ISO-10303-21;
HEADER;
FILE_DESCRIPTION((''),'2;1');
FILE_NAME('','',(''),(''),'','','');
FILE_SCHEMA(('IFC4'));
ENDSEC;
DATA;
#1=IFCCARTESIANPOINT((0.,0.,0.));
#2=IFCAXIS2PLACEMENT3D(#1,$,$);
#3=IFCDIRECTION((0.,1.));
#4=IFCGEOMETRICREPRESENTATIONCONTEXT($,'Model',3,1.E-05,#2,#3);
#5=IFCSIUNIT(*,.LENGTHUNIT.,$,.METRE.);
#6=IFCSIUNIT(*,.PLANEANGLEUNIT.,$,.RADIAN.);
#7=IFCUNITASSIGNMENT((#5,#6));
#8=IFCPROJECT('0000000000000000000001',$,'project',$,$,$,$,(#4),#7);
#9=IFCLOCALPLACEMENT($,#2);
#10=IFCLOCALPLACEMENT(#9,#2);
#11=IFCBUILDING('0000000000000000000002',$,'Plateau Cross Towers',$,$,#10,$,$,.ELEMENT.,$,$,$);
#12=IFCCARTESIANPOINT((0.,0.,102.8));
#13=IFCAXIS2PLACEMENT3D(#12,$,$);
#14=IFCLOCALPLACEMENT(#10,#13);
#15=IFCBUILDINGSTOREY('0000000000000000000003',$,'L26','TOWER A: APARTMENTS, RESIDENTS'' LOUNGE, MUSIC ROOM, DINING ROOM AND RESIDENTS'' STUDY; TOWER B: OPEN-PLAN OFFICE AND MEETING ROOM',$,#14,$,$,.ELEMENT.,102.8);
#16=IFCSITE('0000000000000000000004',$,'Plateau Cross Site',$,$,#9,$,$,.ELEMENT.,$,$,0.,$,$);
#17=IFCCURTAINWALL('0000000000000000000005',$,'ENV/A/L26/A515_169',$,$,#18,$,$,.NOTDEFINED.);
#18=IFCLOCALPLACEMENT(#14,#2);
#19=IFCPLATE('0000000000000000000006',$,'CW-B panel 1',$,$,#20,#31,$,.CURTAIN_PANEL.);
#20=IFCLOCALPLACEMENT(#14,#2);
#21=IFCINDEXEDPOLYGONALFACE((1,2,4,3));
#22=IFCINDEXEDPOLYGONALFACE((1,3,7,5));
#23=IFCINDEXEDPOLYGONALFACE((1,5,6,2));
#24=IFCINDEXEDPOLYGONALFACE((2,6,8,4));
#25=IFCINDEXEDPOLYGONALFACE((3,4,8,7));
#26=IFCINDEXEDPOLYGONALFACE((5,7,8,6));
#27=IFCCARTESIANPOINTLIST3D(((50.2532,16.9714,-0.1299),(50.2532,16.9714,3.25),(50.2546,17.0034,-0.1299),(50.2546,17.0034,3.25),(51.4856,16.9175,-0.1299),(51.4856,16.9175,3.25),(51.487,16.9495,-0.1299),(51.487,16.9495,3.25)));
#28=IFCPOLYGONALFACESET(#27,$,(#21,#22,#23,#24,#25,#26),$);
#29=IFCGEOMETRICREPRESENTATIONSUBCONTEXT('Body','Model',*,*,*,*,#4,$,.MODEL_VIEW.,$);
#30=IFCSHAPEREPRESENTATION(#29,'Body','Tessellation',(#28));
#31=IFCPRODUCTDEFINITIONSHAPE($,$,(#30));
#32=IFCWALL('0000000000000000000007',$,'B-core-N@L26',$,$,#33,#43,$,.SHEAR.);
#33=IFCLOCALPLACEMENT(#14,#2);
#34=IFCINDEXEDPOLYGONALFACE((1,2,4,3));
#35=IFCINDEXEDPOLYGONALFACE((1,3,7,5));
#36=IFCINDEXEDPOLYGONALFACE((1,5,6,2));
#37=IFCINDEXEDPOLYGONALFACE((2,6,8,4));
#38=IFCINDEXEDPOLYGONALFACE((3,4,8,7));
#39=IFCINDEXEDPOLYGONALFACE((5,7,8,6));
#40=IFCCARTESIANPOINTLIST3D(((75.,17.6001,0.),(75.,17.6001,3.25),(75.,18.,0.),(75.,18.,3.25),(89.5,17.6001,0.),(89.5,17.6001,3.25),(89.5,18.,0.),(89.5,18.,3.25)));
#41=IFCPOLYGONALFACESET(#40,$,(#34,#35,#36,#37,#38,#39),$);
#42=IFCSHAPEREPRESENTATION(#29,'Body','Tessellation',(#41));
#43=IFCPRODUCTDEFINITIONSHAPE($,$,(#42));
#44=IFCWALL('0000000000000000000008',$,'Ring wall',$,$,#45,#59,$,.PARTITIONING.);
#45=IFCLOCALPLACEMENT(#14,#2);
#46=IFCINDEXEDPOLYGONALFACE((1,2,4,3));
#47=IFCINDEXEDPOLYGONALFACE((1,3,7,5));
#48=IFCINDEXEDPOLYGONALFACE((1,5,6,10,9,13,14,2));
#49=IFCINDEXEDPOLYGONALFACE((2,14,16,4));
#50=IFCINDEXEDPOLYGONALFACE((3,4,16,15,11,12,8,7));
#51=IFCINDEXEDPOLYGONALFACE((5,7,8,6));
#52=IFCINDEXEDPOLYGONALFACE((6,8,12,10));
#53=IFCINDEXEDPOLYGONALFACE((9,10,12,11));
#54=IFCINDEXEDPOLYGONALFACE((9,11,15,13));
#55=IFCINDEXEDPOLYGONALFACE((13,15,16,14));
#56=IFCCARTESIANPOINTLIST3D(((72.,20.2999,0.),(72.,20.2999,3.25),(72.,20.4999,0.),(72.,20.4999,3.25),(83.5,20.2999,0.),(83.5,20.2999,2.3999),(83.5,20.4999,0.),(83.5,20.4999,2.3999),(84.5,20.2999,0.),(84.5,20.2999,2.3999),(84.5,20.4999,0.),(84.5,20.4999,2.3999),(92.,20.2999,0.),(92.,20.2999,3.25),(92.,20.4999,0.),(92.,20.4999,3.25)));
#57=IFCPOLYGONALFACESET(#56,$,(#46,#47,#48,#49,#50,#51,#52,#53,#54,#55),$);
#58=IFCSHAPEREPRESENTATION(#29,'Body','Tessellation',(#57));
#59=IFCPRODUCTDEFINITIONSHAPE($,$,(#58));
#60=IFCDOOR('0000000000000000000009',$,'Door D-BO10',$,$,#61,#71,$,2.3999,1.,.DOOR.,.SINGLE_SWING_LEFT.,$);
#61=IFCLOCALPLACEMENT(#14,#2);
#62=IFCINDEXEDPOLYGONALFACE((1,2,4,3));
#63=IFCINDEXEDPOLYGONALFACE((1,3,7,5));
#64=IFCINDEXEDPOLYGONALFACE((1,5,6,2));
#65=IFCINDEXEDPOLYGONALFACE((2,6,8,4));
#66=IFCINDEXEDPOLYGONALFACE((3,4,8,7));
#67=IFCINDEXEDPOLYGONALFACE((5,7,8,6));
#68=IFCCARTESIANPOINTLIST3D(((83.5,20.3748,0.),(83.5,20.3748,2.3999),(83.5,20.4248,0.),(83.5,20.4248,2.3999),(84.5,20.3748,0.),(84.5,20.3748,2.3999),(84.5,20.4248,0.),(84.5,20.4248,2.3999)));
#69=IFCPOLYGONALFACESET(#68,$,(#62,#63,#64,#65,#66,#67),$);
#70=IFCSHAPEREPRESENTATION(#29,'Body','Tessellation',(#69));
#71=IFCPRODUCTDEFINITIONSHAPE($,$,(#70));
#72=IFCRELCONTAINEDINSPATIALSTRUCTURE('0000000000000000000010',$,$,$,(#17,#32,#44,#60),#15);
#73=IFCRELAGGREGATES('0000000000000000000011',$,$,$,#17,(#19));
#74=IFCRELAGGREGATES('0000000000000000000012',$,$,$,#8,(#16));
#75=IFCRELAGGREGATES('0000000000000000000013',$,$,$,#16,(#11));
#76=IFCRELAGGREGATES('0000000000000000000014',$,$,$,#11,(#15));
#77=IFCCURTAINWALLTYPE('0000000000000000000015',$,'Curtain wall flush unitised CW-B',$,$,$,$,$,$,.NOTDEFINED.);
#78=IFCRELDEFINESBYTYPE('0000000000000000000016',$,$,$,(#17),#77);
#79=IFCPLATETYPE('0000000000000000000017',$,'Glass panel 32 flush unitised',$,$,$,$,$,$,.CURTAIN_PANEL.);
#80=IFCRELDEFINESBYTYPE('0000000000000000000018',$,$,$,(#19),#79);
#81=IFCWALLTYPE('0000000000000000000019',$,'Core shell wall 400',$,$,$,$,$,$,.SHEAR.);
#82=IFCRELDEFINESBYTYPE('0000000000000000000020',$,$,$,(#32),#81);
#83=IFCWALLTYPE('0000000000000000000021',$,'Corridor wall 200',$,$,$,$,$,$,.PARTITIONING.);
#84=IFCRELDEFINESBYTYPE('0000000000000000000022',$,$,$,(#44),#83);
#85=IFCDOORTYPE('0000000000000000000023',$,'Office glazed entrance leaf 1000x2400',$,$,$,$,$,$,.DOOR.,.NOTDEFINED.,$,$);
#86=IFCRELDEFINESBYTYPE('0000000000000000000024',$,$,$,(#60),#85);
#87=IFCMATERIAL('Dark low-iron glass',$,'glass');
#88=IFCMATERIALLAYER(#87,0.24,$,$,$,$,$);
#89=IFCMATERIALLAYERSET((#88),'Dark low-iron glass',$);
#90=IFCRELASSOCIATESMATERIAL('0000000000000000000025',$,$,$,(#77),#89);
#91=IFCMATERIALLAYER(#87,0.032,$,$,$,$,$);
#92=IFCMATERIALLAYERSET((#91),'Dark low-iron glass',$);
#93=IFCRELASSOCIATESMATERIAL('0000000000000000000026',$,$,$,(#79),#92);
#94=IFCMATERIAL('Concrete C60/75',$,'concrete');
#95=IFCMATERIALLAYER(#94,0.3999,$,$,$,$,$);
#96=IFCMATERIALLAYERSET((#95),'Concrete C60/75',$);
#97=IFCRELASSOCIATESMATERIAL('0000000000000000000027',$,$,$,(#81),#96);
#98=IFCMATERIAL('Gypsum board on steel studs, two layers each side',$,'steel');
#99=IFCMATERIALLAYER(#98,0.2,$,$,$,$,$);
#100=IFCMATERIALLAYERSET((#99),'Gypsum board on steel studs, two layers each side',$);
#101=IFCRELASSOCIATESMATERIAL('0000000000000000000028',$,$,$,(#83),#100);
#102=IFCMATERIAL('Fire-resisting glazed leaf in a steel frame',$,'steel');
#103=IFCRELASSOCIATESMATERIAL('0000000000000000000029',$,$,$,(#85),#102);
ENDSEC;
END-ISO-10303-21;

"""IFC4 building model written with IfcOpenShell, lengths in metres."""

from ifc_helpers import new_model, si_unit, direction, frame, frame_2d, origin, origin_2d, place, context, subcontext, project, spatial, rectangle, extrude, material, layer, layer_set, type_object, element, fill, aggregate, save


model = new_model("IFC4")

# Units and contexts
model_context = context("Model", 3, precision=1e-05, world=origin(), true_north=direction((0.0, 1.0)))
body_context = subcontext(model_context, "Body", "Model", "MODEL_VIEW")
ifc_project = project(units=[si_unit("LENGTHUNIT", "METRE"), si_unit("PLANEANGLEUNIT", "RADIAN")], contexts=[model_context])

# Site, building, storey
site_placement = place(None, origin())
site = spatial("IfcSite", under=ifc_project, at=site_placement, Name="Plateau Cross Site", CompositionType="ELEMENT", RefElevation=0.0)
building_placement = place(site_placement, origin())
building = spatial("IfcBuilding", under=site, at=building_placement, Name="Plateau Cross Towers", CompositionType="ELEMENT")
storey_placement = place(building_placement, frame((0.0, 0.0, 102.8)))
storey = spatial("IfcBuildingStorey", under=building, at=storey_placement, Name="L26", Description="TOWER A: APARTMENTS, RESIDENTS' LOUNGE, MUSIC ROOM, DINING ROOM AND RESIDENTS' STUDY; TOWER B: OPEN-PLAN OFFICE AND MEETING ROOM", CompositionType="ELEMENT", Elevation=102.8)

# Shared definitions
ifc_material_1 = material(Name="Concrete C60/75", Category="concrete")

# Shared definitions
ifc_material_2 = material(Name="Dark low-iron glass", Category="glass")
ifc_layer_1 = layer(ifc_material_2, 0.24)
ifc_layer_set_1 = layer_set([ifc_layer_1], Name="Dark low-iron glass")
curtain_wall_type_1 = type_object("IfcCurtainWallType", Name="Curtain wall flush unitised CW-B", PredefinedType="NOTDEFINED", material=ifc_layer_set_1)

# Curtain wall
curtain_wall_1_placement = place(storey_placement, origin())
curtain_wall_1 = element("IfcCurtainWall", 1, at=curtain_wall_1_placement, inside=storey, type_object=curtain_wall_type_1, Name="ENV/A/L26/A515_169", PredefinedType="NOTDEFINED")

# Plate
ifc_layer_2 = layer(ifc_material_2, 0.032)
ifc_layer_set_2 = layer_set([ifc_layer_2], Name="Dark low-iron glass")
plate_type_1 = type_object("IfcPlateType", Name="Glass panel 32 flush unitised", PredefinedType="CURTAIN_PANEL", material=ifc_layer_set_2)
plate_1_placement = place(storey_placement, frame((50.8701, 16.9604, -0.1299), z_axis=(0.0, 0.0, 1.0), x_axis=(-0.999044, 0.043723, 0.0)))
plate_1 = element("IfcPlate", 2, at=plate_1_placement, type_object=plate_type_1, Name="CW-B panel 1", PredefinedType="CURTAIN_PANEL", context=body_context, shape_type="SweptSolid", body=[
    extrude(rectangle(XDim=1.2336, YDim=0.032, at=origin_2d()), origin(), (0.0, 0.0, 1.0), 3.3799),
])
aggregate(curtain_wall_1, [plate_1])

# Wall
ifc_layer_3 = layer(ifc_material_1, 0.3999)
ifc_layer_set_3 = layer_set([ifc_layer_3], Name="Concrete C60/75")
wall_type_1 = type_object("IfcWallType", Name="Core shell wall 400", PredefinedType="SHEAR", material=ifc_layer_set_3)
wall_1_placement = place(storey_placement, frame((75.0, 17.8, 0.0), z_axis=(0.0, 0.0, 1.0), x_axis=(1.0, 0.0, 0.0)))
element("IfcWall", 3, at=wall_1_placement, inside=storey, type_object=wall_type_1, Name="B-core-N@L26", PredefinedType="SHEAR", context=body_context, shape_type="SweptSolid", body=[
    extrude(rectangle(XDim=14.5, YDim=0.3999, at=frame_2d((7.25, 0.0))), origin(), (0.0, 0.0, 1.0), 3.25),
])

# Wall, opening, door
ifc_material_3 = material(Name="Gypsum board on steel studs, two layers each side", Category="steel")
ifc_layer_4 = layer(ifc_material_3, 0.2)
ifc_layer_set_4 = layer_set([ifc_layer_4], Name="Gypsum board on steel studs, two layers each side")
wall_type_2 = type_object("IfcWallType", Name="Corridor wall 200", PredefinedType="PARTITIONING", material=ifc_layer_set_4)
wall_2_placement = place(storey_placement, frame((72.0, 20.3999, 0.0), z_axis=(0.0, 0.0, 1.0), x_axis=(1.0, 0.0, 0.0)))
wall_2 = element("IfcWall", 4, at=wall_2_placement, inside=storey, type_object=wall_type_2, Name="Ring wall", PredefinedType="PARTITIONING", context=body_context, shape_type="SweptSolid", body=[
    extrude(rectangle(XDim=20.0, YDim=0.2, at=frame_2d((10.0, 0.0))), origin(), (0.0, 0.0, 1.0), 3.25),
])
opening_placement = place(wall_2_placement, frame((11.5, 0.0, 0.0)))
opening = element("IfcOpeningElement", 5, at=opening_placement, cuts=wall_2, PredefinedType="OPENING", context=body_context, shape_type="SweptSolid", body=[
    extrude(rectangle(XDim=1.0, YDim=2.3999, at=frame_2d((0.5, 1.2))), frame((0.0, 0.1099, 0.0), z_axis=(0.0, -1.0, 0.0), x_axis=(1.0, 0.0, 0.0)), (0.0, 0.0, 1.0), 0.22),
])
ifc_material_4 = material(Name="Fire-resisting glazed leaf in a steel frame", Category="steel")
door_type = type_object("IfcDoorType", Name="Office glazed entrance leaf 1000x2400", OperationType="NOTDEFINED", PredefinedType="DOOR", material=ifc_material_4)
door_placement = place(opening_placement, origin())
door = element("IfcDoor", 6, at=door_placement, inside=storey, type_object=door_type, Name="Door D-BO10", OperationType="SINGLE_SWING_LEFT", OverallHeight=2.3999, OverallWidth=1.0, PredefinedType="DOOR", context=body_context, shape_type="SweptSolid", body=[
    extrude(rectangle(XDim=1.0, YDim=2.3999, at=frame_2d((0.5, 1.2))), frame((0.0, 0.0249, 0.0), z_axis=(0.0, -1.0, 0.0), x_axis=(1.0, 0.0, 0.0)), (0.0, 0.0, 1.0), 0.05),
])
fill(opening, door)

save(model, "model.ifc")
